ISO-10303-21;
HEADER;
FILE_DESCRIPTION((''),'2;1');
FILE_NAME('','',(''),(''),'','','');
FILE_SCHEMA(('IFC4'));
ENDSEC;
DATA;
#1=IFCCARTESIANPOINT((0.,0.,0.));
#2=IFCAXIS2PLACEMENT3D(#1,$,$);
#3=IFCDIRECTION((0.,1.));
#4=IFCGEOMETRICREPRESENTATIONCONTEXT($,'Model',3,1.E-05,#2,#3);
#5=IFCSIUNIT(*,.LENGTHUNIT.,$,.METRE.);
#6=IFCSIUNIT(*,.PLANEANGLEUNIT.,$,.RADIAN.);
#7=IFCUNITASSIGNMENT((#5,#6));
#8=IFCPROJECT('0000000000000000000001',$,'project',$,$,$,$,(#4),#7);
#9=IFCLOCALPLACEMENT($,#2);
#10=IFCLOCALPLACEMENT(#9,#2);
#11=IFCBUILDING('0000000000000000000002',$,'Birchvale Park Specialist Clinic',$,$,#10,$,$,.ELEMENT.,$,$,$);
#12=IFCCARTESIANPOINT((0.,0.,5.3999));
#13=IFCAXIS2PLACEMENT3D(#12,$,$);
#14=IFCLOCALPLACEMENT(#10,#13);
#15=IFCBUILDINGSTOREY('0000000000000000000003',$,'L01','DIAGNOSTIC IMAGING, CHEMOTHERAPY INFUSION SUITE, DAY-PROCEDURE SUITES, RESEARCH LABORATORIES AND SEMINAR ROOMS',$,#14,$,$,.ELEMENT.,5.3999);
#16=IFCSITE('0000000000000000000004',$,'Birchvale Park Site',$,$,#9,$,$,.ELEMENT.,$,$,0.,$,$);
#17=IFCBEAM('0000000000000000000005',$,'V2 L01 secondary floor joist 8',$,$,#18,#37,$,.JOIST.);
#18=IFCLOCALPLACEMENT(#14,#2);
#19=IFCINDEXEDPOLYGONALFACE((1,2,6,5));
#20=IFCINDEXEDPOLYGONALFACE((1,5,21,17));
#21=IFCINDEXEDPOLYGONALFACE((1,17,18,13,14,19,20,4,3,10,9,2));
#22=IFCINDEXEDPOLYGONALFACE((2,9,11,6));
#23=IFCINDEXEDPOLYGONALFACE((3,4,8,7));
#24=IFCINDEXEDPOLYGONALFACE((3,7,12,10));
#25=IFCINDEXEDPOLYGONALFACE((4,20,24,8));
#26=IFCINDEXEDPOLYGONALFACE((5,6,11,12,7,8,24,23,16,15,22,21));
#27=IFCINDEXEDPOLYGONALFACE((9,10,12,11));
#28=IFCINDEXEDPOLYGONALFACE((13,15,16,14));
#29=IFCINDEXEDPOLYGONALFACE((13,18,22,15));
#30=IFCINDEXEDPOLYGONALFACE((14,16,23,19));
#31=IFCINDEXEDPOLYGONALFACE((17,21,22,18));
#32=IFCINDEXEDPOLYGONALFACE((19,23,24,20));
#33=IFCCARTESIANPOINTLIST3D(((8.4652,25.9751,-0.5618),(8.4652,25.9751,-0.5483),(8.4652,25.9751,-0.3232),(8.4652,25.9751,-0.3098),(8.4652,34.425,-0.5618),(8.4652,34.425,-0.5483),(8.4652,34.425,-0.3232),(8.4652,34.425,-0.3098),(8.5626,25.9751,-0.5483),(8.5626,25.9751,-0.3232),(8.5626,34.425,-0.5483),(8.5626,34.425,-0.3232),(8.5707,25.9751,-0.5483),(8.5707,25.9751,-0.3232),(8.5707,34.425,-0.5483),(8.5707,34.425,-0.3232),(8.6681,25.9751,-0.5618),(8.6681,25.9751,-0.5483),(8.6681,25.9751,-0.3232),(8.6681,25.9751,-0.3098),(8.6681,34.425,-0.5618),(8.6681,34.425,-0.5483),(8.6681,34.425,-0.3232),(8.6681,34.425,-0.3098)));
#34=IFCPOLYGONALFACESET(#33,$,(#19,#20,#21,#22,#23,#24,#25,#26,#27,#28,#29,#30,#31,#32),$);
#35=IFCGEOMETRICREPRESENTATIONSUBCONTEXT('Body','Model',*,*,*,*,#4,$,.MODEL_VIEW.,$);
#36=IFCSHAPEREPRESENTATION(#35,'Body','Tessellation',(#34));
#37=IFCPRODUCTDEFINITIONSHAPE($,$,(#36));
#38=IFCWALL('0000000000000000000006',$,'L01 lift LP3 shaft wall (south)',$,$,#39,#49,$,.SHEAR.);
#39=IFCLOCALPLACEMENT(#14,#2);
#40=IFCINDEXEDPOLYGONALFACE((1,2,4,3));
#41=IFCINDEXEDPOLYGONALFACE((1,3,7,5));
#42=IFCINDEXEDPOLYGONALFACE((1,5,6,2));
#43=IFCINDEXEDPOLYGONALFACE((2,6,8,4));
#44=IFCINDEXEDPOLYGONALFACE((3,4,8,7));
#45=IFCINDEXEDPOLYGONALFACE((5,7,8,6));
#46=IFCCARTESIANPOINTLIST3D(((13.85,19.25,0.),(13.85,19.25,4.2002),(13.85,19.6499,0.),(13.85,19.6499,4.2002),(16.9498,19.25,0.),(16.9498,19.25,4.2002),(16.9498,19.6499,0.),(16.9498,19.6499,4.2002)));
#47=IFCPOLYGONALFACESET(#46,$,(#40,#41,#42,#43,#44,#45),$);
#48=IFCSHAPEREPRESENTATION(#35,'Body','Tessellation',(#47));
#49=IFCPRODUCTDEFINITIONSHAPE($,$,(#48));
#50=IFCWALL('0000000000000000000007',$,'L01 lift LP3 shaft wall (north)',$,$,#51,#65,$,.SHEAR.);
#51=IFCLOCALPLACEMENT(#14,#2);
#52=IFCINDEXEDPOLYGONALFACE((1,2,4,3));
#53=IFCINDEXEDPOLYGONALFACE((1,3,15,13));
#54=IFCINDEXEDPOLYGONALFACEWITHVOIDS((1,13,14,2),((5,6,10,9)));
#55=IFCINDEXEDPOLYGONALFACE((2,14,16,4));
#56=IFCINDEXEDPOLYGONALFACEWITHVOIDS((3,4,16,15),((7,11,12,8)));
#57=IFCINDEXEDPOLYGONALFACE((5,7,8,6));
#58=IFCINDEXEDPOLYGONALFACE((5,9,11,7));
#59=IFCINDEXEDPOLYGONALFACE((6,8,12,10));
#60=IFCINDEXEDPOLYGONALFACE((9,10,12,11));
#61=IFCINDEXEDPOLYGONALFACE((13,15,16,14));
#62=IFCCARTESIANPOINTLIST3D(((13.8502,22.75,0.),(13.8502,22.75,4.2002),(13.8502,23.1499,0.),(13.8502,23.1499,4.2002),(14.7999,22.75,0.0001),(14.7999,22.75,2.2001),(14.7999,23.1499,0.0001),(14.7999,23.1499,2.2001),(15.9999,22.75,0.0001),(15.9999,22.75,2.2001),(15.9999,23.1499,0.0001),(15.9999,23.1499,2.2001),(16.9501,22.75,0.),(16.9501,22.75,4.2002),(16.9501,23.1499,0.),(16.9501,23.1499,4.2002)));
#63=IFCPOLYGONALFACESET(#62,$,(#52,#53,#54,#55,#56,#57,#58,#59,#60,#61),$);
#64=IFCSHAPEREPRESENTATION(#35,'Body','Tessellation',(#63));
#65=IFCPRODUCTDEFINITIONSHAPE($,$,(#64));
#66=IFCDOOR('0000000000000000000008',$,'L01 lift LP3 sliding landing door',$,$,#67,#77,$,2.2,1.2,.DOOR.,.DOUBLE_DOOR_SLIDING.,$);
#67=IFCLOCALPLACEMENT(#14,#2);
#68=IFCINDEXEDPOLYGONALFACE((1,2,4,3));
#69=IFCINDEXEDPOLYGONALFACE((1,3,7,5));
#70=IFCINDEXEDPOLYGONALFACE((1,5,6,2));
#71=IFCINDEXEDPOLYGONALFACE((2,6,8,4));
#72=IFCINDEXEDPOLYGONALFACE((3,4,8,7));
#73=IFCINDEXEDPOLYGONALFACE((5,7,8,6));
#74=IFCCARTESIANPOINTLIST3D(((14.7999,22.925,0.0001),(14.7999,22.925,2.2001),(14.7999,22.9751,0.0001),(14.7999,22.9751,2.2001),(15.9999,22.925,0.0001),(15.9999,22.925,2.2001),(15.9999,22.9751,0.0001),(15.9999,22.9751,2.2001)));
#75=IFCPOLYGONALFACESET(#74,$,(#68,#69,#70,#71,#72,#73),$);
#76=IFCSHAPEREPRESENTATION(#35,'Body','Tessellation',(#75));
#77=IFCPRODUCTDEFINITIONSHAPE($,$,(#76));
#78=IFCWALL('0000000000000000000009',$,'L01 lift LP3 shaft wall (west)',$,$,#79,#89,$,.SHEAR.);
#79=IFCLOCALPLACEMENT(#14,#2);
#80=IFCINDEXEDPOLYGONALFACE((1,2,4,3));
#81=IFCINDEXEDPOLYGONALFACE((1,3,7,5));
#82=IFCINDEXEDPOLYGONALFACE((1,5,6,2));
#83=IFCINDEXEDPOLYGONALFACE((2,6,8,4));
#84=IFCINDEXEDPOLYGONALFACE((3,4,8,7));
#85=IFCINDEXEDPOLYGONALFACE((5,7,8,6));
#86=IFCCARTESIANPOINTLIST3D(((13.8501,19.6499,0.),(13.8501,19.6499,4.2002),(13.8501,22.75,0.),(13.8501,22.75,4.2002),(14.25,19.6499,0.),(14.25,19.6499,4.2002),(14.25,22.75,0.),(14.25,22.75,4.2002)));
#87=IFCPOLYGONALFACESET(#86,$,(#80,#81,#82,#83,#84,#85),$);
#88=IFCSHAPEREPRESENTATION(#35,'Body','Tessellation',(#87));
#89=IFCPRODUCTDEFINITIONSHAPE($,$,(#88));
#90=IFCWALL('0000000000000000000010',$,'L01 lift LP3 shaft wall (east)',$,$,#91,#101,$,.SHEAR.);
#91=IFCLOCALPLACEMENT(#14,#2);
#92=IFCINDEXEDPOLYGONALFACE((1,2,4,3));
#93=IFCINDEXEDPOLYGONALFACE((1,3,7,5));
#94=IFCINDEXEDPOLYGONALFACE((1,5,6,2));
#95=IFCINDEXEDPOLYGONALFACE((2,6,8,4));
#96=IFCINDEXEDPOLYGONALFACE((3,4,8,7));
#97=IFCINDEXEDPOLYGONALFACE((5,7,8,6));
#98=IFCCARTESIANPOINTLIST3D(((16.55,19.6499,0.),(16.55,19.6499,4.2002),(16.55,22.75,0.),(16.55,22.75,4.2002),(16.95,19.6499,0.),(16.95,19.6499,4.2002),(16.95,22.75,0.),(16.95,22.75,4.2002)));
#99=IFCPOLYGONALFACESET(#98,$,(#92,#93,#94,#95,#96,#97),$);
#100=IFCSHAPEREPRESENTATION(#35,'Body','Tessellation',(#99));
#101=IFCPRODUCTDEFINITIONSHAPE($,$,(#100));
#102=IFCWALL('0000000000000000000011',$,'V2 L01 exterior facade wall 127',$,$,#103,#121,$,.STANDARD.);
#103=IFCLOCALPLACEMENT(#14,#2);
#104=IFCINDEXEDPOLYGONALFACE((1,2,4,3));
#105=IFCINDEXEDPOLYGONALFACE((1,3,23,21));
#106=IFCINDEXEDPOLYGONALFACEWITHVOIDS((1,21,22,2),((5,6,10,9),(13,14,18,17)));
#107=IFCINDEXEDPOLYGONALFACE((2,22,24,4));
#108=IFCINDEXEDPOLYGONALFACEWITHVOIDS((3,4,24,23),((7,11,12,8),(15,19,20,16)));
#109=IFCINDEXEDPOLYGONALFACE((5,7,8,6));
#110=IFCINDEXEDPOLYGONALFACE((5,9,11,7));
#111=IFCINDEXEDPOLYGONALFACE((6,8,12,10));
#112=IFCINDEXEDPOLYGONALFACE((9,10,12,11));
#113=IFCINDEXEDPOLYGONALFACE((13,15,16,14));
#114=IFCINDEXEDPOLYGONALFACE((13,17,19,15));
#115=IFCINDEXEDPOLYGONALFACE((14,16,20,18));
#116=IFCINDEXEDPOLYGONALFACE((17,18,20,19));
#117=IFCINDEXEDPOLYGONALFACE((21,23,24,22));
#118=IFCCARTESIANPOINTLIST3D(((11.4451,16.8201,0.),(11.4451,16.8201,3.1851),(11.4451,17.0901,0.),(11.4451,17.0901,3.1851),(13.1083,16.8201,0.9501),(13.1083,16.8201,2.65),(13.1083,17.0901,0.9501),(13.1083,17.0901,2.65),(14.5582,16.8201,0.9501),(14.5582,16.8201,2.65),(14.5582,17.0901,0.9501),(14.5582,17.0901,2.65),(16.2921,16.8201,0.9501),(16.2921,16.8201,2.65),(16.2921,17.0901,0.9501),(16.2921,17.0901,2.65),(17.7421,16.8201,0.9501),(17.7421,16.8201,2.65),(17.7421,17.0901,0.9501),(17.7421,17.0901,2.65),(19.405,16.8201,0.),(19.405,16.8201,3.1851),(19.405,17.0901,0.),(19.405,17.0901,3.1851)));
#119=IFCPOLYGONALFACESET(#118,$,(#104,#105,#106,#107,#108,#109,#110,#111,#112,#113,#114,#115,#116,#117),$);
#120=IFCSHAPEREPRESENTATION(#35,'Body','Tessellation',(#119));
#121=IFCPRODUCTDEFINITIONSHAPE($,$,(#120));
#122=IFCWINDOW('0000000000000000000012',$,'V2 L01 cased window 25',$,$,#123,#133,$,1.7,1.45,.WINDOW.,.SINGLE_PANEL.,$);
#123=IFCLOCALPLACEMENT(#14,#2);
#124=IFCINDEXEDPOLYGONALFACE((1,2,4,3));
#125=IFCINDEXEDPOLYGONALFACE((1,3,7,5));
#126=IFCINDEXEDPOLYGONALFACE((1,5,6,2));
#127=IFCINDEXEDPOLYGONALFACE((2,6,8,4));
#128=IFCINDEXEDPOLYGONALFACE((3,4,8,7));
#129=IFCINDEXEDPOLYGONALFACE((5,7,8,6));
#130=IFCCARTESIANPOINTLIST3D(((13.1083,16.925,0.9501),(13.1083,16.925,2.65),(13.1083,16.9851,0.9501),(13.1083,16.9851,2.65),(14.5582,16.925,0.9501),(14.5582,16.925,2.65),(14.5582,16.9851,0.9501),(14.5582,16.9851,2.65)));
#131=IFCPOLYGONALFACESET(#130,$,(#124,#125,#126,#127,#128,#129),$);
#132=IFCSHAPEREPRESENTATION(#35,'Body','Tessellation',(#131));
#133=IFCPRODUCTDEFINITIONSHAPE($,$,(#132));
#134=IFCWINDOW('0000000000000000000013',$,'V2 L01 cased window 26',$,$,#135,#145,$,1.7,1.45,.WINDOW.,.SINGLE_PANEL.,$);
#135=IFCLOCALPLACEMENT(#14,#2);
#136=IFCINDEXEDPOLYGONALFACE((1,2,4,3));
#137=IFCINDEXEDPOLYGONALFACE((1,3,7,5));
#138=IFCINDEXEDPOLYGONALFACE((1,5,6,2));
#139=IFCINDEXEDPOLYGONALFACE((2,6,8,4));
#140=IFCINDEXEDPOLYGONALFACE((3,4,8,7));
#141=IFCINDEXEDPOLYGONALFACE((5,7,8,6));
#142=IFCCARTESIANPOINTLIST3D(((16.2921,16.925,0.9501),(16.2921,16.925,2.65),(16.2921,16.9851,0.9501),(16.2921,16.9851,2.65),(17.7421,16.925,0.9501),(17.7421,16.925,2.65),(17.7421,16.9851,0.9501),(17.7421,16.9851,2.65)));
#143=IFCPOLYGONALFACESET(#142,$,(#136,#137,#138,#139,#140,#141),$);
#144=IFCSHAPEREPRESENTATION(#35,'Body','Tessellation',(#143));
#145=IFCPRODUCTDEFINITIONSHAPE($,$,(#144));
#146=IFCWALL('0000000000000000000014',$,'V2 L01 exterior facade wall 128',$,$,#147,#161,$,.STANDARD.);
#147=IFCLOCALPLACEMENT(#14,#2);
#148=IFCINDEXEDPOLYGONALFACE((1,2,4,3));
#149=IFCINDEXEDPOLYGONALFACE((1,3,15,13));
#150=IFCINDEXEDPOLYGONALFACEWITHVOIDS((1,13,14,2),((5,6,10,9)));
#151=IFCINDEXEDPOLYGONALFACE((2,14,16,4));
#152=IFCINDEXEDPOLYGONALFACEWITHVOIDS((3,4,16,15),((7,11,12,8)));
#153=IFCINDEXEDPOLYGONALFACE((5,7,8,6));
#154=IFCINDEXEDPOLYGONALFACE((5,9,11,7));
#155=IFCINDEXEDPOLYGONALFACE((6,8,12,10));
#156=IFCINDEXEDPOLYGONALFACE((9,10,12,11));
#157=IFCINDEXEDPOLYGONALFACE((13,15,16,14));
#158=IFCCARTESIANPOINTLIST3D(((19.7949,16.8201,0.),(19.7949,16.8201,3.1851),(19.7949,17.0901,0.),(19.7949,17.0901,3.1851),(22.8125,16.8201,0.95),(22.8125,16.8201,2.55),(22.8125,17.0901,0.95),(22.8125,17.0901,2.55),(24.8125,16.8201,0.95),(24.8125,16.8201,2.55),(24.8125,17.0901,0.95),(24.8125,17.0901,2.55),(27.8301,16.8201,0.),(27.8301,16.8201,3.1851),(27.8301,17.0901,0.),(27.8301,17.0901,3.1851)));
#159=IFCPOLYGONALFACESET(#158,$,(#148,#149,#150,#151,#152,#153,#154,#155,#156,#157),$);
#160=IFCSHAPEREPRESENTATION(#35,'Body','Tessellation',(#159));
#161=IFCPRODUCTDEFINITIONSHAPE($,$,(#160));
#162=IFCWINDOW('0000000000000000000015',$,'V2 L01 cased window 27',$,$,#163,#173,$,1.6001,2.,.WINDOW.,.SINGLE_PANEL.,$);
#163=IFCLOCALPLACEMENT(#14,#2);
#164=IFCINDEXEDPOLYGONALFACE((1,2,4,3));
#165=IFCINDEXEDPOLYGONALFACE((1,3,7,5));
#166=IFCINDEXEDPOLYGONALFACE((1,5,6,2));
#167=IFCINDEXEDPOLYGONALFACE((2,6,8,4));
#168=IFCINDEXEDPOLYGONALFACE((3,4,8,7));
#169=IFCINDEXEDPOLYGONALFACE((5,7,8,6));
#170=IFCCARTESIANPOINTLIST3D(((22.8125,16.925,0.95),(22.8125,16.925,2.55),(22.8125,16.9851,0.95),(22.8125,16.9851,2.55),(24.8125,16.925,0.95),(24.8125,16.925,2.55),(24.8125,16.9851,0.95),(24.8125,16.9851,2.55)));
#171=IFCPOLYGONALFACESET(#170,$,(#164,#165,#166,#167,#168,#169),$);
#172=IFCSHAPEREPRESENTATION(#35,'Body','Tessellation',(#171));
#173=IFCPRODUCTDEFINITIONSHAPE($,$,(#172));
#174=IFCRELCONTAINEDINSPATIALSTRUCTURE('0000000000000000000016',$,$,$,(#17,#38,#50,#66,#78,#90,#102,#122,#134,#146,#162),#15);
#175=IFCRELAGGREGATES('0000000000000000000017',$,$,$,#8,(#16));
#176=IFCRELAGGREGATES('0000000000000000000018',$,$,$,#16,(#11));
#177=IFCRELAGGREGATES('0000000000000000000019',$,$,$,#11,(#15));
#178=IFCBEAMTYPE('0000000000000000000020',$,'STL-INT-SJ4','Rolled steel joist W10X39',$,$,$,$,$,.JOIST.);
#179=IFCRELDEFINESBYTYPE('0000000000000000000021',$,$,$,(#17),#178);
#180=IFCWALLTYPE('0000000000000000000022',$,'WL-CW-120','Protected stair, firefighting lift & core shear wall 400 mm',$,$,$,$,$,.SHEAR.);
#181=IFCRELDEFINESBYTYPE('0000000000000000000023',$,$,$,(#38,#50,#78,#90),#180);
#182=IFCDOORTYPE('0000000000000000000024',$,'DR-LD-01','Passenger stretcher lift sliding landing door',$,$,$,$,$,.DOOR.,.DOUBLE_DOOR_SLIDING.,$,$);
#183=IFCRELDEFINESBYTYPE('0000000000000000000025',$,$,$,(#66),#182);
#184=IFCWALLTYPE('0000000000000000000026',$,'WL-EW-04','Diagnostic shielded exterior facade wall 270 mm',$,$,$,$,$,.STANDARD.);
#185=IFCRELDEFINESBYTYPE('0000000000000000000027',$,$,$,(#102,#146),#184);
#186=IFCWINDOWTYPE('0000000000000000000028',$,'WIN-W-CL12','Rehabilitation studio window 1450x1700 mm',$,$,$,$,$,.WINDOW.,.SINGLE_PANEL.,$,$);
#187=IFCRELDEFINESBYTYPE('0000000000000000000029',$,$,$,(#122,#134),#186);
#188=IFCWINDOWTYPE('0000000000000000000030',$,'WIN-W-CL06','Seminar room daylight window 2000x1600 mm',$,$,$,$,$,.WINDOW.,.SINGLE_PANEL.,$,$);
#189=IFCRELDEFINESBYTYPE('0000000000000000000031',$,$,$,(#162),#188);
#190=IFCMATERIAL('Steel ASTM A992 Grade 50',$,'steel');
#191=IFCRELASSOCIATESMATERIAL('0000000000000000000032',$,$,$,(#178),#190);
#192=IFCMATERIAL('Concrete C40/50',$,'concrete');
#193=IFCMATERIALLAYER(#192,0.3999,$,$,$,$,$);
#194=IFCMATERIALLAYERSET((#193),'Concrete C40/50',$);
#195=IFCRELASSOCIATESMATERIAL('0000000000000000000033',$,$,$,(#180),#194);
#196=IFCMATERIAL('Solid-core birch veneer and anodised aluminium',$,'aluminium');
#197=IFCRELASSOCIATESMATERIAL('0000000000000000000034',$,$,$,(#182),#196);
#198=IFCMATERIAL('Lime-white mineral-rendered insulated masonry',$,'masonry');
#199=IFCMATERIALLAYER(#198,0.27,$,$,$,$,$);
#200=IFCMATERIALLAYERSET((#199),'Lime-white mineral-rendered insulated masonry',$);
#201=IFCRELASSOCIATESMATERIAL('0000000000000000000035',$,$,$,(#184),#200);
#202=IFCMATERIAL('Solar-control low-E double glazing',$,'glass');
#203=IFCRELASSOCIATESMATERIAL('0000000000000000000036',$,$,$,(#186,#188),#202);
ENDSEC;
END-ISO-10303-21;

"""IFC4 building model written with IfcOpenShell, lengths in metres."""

from ifc_helpers import new_model, si_unit, direction, frame, frame_2d, origin, origin_2d, place, context, subcontext, project, spatial, rectangle, i_section, extrude, material, layer, layer_set, material_profile, profile_set, type_object, element, fill, save


model = new_model("IFC4")

# Units and contexts
model_context = context("Model", 3, precision=1e-05, world=origin(), true_north=direction((0.0, 1.0)))
body_context = subcontext(model_context, "Body", "Model", "MODEL_VIEW")
ifc_project = project(units=[si_unit("LENGTHUNIT", "METRE"), si_unit("PLANEANGLEUNIT", "RADIAN")], contexts=[model_context])

# Site, building, storey
site_placement = place(None, origin())
site = spatial("IfcSite", under=ifc_project, at=site_placement, Name="Birchvale Park Site", CompositionType="ELEMENT", RefElevation=0.0)
building_placement = place(site_placement, origin())
building = spatial("IfcBuilding", under=site, at=building_placement, Name="Birchvale Park Specialist Clinic", CompositionType="ELEMENT")
storey_placement = place(building_placement, frame((0.0, 0.0, 5.3999)))
storey = spatial("IfcBuildingStorey", under=building, at=storey_placement, Name="L01", Description="DIAGNOSTIC IMAGING, CHEMOTHERAPY INFUSION SUITE, DAY-PROCEDURE SUITES, RESEARCH LABORATORIES AND SEMINAR ROOMS", CompositionType="ELEMENT", Elevation=5.3999)

# Shared definitions
ifc_material_1 = material(Name="Concrete C40/50", Category="concrete")

# Beam
ifc_material_2 = material(Name="Steel ASTM A992 Grade 50", Category="steel")
ifc_material_profile_1 = material_profile(ifc_material_2, i_section(OverallWidth=0.2029, OverallDepth=0.252, WebThickness=0.0081, FlangeThickness=0.0134, at=origin_2d()), Name="W10X39")
ifc_profile_set_1 = profile_set([ifc_material_profile_1], Name="Steel ASTM A992 Grade 50")
beam_type_1 = type_object("IfcBeamType", Name="STL-INT-SJ4", Description="Rolled steel joist W10X39", PredefinedType="JOIST", material=ifc_profile_set_1)
beam_1_placement = place(storey_placement, frame((8.5667, 25.9751, -0.4358), z_axis=(0.0, 1.0, 0.0), x_axis=(-1.0, 0.0, 0.0)))
element("IfcBeam", 1, at=beam_1_placement, inside=storey, type_object=beam_type_1, Name="V2 L01 secondary floor joist 8", PredefinedType="JOIST", context=body_context, shape_type="SweptSolid", body=[
    extrude(i_section(OverallWidth=0.2029, OverallDepth=0.252, WebThickness=0.0081, FlangeThickness=0.0134, at=origin_2d()), origin(), (0.0, 0.0, 1.0), 8.45),
])

# Wall
ifc_layer_1 = layer(ifc_material_1, 0.3999)
ifc_layer_set_1 = layer_set([ifc_layer_1], Name="Concrete C40/50")
wall_type_1 = type_object("IfcWallType", Name="WL-CW-120", Description="Protected stair, firefighting lift & core shear wall 400 mm", PredefinedType="SHEAR", material=ifc_layer_set_1)
wall_1_placement = place(storey_placement, frame((13.8501, 19.45, 0.0), z_axis=(0.0, 0.0, 1.0), x_axis=(1.0, 0.0, 0.0)))
element("IfcWall", 2, at=wall_1_placement, inside=storey, type_object=wall_type_1, Name="L01 lift LP3 shaft wall (south)", PredefinedType="SHEAR", context=body_context, shape_type="SweptSolid", body=[
    extrude(rectangle(XDim=3.0999, YDim=0.3999, at=frame_2d((1.5498, 0.0))), origin(), (0.0, 0.0, 1.0), 4.2002),
])

# Wall, opening, door
wall_2_placement = place(storey_placement, frame((16.95, 22.95, 0.0), z_axis=(0.0, 0.0, 1.0), x_axis=(-1.0, 0.0, 0.0)))
wall_2 = element("IfcWall", 3, at=wall_2_placement, inside=storey, type_object=wall_type_1, Name="L01 lift LP3 shaft wall (north)", PredefinedType="SHEAR", context=body_context, shape_type="SweptSolid", body=[
    extrude(rectangle(XDim=3.0999, YDim=0.3999, at=frame_2d((1.5498, 0.0))), origin(), (0.0, 0.0, 1.0), 4.2002),
])
opening_1_placement = place(wall_2_placement, frame((0.95, 0.0, 0.0)))
opening_1 = element("IfcOpeningElement", 4, at=opening_1_placement, cuts=wall_2, PredefinedType="OPENING", context=body_context, shape_type="SweptSolid", body=[
    extrude(rectangle(XDim=1.2, YDim=2.2, at=frame_2d((0.6001, 1.1001))), frame((0.0, 0.21, 0.0), z_axis=(0.0, -1.0, 0.0), x_axis=(1.0, 0.0, 0.0)), (0.0, 0.0, 1.0), 0.4199),
])
ifc_material_3 = material(Name="Solid-core birch veneer and anodised aluminium", Category="aluminium")
door_type_1 = type_object("IfcDoorType", Name="DR-LD-01", Description="Passenger stretcher lift sliding landing door", OperationType="DOUBLE_DOOR_SLIDING", PredefinedType="DOOR", material=ifc_material_3)
door_1_placement = place(opening_1_placement, origin())
door_1 = element("IfcDoor", 5, at=door_1_placement, inside=storey, type_object=door_type_1, Name="L01 lift LP3 sliding landing door", OperationType="DOUBLE_DOOR_SLIDING", OverallHeight=2.2, OverallWidth=1.2, PredefinedType="DOOR", context=body_context, shape_type="SweptSolid", body=[
    extrude(rectangle(XDim=1.2, YDim=2.2, at=frame_2d((0.6001, 1.1001))), frame((0.0, 0.0249, 0.0), z_axis=(0.0, -1.0, 0.0), x_axis=(1.0, 0.0, 0.0)), (0.0, 0.0, 1.0), 0.05),
])
fill(opening_1, door_1)

# Walls
for number, where, z_axis, x_axis, name in (
    (6, (14.05, 19.6499, 0.0), (0.0, 0.0, 1.0), (0.0, 1.0, 0.0), "L01 lift LP3 shaft wall (west)"),
    (7, (16.75, 22.75, 0.0), (0.0, 0.0, 1.0), (0.0, -1.0, 0.0), "L01 lift LP3 shaft wall (east)"),
):
    element("IfcWall", number, at=place(storey_placement, frame(where, z_axis=z_axis, x_axis=x_axis)), inside=storey, type_object=wall_type_1, Name=name, PredefinedType="SHEAR", context=body_context, shape_type="SweptSolid", body=[
        extrude(rectangle(XDim=3.1001, YDim=0.3999, at=frame_2d((1.55, 0.0))), origin(), (0.0, 0.0, 1.0), 4.2002),
    ])

# Wall, openings, windows
ifc_material_4 = material(Name="Lime-white mineral-rendered insulated masonry", Category="masonry")
ifc_layer_2 = layer(ifc_material_4, 0.27)
ifc_layer_set_2 = layer_set([ifc_layer_2], Name="Lime-white mineral-rendered insulated masonry")
wall_type_2 = type_object("IfcWallType", Name="WL-EW-04", Description="Diagnostic shielded exterior facade wall 270 mm", PredefinedType="STANDARD", material=ifc_layer_set_2)
wall_3_placement = place(storey_placement, frame((11.4451, 16.9551, 0.0), z_axis=(0.0, 0.0, 1.0), x_axis=(1.0, 0.0, 0.0)))
wall_3 = element("IfcWall", 8, at=wall_3_placement, inside=storey, type_object=wall_type_2, Name="V2 L01 exterior facade wall 127", PredefinedType="STANDARD", context=body_context, shape_type="SweptSolid", body=[
    extrude(rectangle(XDim=7.96, YDim=0.27, at=frame_2d((3.98, 0.0))), origin(), (0.0, 0.0, 1.0), 3.1851),
])
opening_2_placement = place(wall_3_placement, frame((1.6631, 0.0, 0.95)))
opening_2 = element("IfcOpeningElement", 9, at=opening_2_placement, cuts=wall_3, PredefinedType="OPENING", context=body_context, shape_type="SweptSolid", body=[
    extrude(rectangle(XDim=1.45, YDim=1.7, at=frame_2d((0.7251, 0.8501))), frame((0.0, 0.145, 0.0), z_axis=(0.0, -1.0, 0.0), x_axis=(1.0, 0.0, 0.0)), (0.0, 0.0, 1.0), 0.29),
])
opening_3_placement = place(wall_3_placement, frame((4.8469, 0.0, 0.95)))
opening_3 = element("IfcOpeningElement", 10, at=opening_3_placement, cuts=wall_3, PredefinedType="OPENING", context=body_context, shape_type="SweptSolid", body=[
    extrude(rectangle(XDim=1.45, YDim=1.7, at=frame_2d((0.7251, 0.8501))), frame((0.0, 0.145, 0.0), z_axis=(0.0, -1.0, 0.0), x_axis=(1.0, 0.0, 0.0)), (0.0, 0.0, 1.0), 0.29),
])
ifc_material_5 = material(Name="Solar-control low-E double glazing", Category="glass")
window_type_1 = type_object("IfcWindowType", Name="WIN-W-CL12", Description="Rehabilitation studio window 1450x1700 mm", PartitioningType="SINGLE_PANEL", PredefinedType="WINDOW", material=ifc_material_5)
window_1_placement = place(opening_2_placement, origin())
window_1 = element("IfcWindow", 11, at=window_1_placement, inside=storey, type_object=window_type_1, Name="V2 L01 cased window 25", OverallHeight=1.7, OverallWidth=1.45, PartitioningType="SINGLE_PANEL", PredefinedType="WINDOW", context=body_context, shape_type="SweptSolid", body=[
    extrude(rectangle(XDim=1.45, YDim=1.7, at=frame_2d((0.7251, 0.8501))), frame((0.0, 0.03, 0.0), z_axis=(0.0, -1.0, 0.0), x_axis=(1.0, 0.0, 0.0)), (0.0, 0.0, 1.0), 0.0601),
])
fill(opening_2, window_1)
window_2_placement = place(opening_3_placement, origin())
window_2 = element("IfcWindow", 12, at=window_2_placement, inside=storey, type_object=window_type_1, Name="V2 L01 cased window 26", OverallHeight=1.7, OverallWidth=1.45, PartitioningType="SINGLE_PANEL", PredefinedType="WINDOW", context=body_context, shape_type="SweptSolid", body=[
    extrude(rectangle(XDim=1.45, YDim=1.7, at=frame_2d((0.7251, 0.8501))), frame((0.0, 0.03, 0.0), z_axis=(0.0, -1.0, 0.0), x_axis=(1.0, 0.0, 0.0)), (0.0, 0.0, 1.0), 0.0601),
])
fill(opening_3, window_2)

# Wall, opening, window
wall_4_placement = place(storey_placement, frame((19.7949, 16.9551, 0.0), z_axis=(0.0, 0.0, 1.0), x_axis=(1.0, 0.0, 0.0)))
wall_4 = element("IfcWall", 13, at=wall_4_placement, inside=storey, type_object=wall_type_2, Name="V2 L01 exterior facade wall 128", PredefinedType="STANDARD", context=body_context, shape_type="SweptSolid", body=[
    extrude(rectangle(XDim=8.0352, YDim=0.27, at=frame_2d((4.0176, 0.0))), origin(), (0.0, 0.0, 1.0), 3.1851),
])
opening_4_placement = place(wall_4_placement, frame((3.0176, 0.0, 0.95)))
opening_4 = element("IfcOpeningElement", 14, at=opening_4_placement, cuts=wall_4, PredefinedType="OPENING", context=body_context, shape_type="SweptSolid", body=[
    extrude(rectangle(XDim=2.0, YDim=1.6001, at=frame_2d((1.0, 0.8))), frame((0.0, 0.145, 0.0), z_axis=(0.0, -1.0, 0.0), x_axis=(1.0, 0.0, 0.0)), (0.0, 0.0, 1.0), 0.29),
])
window_type_2 = type_object("IfcWindowType", Name="WIN-W-CL06", Description="Seminar room daylight window 2000x1600 mm", PartitioningType="SINGLE_PANEL", PredefinedType="WINDOW", material=ifc_material_5)
window_3_placement = place(opening_4_placement, origin())
window_3 = element("IfcWindow", 15, at=window_3_placement, inside=storey, type_object=window_type_2, Name="V2 L01 cased window 27", OverallHeight=1.6001, OverallWidth=2.0, PartitioningType="SINGLE_PANEL", PredefinedType="WINDOW", context=body_context, shape_type="SweptSolid", body=[
    extrude(rectangle(XDim=2.0, YDim=1.6001, at=frame_2d((1.0, 0.8))), frame((0.0, 0.03, 0.0), z_axis=(0.0, -1.0, 0.0), x_axis=(1.0, 0.0, 0.0)), (0.0, 0.0, 1.0), 0.0601),
])
fill(opening_4, window_3)

save(model, "model.ifc")
